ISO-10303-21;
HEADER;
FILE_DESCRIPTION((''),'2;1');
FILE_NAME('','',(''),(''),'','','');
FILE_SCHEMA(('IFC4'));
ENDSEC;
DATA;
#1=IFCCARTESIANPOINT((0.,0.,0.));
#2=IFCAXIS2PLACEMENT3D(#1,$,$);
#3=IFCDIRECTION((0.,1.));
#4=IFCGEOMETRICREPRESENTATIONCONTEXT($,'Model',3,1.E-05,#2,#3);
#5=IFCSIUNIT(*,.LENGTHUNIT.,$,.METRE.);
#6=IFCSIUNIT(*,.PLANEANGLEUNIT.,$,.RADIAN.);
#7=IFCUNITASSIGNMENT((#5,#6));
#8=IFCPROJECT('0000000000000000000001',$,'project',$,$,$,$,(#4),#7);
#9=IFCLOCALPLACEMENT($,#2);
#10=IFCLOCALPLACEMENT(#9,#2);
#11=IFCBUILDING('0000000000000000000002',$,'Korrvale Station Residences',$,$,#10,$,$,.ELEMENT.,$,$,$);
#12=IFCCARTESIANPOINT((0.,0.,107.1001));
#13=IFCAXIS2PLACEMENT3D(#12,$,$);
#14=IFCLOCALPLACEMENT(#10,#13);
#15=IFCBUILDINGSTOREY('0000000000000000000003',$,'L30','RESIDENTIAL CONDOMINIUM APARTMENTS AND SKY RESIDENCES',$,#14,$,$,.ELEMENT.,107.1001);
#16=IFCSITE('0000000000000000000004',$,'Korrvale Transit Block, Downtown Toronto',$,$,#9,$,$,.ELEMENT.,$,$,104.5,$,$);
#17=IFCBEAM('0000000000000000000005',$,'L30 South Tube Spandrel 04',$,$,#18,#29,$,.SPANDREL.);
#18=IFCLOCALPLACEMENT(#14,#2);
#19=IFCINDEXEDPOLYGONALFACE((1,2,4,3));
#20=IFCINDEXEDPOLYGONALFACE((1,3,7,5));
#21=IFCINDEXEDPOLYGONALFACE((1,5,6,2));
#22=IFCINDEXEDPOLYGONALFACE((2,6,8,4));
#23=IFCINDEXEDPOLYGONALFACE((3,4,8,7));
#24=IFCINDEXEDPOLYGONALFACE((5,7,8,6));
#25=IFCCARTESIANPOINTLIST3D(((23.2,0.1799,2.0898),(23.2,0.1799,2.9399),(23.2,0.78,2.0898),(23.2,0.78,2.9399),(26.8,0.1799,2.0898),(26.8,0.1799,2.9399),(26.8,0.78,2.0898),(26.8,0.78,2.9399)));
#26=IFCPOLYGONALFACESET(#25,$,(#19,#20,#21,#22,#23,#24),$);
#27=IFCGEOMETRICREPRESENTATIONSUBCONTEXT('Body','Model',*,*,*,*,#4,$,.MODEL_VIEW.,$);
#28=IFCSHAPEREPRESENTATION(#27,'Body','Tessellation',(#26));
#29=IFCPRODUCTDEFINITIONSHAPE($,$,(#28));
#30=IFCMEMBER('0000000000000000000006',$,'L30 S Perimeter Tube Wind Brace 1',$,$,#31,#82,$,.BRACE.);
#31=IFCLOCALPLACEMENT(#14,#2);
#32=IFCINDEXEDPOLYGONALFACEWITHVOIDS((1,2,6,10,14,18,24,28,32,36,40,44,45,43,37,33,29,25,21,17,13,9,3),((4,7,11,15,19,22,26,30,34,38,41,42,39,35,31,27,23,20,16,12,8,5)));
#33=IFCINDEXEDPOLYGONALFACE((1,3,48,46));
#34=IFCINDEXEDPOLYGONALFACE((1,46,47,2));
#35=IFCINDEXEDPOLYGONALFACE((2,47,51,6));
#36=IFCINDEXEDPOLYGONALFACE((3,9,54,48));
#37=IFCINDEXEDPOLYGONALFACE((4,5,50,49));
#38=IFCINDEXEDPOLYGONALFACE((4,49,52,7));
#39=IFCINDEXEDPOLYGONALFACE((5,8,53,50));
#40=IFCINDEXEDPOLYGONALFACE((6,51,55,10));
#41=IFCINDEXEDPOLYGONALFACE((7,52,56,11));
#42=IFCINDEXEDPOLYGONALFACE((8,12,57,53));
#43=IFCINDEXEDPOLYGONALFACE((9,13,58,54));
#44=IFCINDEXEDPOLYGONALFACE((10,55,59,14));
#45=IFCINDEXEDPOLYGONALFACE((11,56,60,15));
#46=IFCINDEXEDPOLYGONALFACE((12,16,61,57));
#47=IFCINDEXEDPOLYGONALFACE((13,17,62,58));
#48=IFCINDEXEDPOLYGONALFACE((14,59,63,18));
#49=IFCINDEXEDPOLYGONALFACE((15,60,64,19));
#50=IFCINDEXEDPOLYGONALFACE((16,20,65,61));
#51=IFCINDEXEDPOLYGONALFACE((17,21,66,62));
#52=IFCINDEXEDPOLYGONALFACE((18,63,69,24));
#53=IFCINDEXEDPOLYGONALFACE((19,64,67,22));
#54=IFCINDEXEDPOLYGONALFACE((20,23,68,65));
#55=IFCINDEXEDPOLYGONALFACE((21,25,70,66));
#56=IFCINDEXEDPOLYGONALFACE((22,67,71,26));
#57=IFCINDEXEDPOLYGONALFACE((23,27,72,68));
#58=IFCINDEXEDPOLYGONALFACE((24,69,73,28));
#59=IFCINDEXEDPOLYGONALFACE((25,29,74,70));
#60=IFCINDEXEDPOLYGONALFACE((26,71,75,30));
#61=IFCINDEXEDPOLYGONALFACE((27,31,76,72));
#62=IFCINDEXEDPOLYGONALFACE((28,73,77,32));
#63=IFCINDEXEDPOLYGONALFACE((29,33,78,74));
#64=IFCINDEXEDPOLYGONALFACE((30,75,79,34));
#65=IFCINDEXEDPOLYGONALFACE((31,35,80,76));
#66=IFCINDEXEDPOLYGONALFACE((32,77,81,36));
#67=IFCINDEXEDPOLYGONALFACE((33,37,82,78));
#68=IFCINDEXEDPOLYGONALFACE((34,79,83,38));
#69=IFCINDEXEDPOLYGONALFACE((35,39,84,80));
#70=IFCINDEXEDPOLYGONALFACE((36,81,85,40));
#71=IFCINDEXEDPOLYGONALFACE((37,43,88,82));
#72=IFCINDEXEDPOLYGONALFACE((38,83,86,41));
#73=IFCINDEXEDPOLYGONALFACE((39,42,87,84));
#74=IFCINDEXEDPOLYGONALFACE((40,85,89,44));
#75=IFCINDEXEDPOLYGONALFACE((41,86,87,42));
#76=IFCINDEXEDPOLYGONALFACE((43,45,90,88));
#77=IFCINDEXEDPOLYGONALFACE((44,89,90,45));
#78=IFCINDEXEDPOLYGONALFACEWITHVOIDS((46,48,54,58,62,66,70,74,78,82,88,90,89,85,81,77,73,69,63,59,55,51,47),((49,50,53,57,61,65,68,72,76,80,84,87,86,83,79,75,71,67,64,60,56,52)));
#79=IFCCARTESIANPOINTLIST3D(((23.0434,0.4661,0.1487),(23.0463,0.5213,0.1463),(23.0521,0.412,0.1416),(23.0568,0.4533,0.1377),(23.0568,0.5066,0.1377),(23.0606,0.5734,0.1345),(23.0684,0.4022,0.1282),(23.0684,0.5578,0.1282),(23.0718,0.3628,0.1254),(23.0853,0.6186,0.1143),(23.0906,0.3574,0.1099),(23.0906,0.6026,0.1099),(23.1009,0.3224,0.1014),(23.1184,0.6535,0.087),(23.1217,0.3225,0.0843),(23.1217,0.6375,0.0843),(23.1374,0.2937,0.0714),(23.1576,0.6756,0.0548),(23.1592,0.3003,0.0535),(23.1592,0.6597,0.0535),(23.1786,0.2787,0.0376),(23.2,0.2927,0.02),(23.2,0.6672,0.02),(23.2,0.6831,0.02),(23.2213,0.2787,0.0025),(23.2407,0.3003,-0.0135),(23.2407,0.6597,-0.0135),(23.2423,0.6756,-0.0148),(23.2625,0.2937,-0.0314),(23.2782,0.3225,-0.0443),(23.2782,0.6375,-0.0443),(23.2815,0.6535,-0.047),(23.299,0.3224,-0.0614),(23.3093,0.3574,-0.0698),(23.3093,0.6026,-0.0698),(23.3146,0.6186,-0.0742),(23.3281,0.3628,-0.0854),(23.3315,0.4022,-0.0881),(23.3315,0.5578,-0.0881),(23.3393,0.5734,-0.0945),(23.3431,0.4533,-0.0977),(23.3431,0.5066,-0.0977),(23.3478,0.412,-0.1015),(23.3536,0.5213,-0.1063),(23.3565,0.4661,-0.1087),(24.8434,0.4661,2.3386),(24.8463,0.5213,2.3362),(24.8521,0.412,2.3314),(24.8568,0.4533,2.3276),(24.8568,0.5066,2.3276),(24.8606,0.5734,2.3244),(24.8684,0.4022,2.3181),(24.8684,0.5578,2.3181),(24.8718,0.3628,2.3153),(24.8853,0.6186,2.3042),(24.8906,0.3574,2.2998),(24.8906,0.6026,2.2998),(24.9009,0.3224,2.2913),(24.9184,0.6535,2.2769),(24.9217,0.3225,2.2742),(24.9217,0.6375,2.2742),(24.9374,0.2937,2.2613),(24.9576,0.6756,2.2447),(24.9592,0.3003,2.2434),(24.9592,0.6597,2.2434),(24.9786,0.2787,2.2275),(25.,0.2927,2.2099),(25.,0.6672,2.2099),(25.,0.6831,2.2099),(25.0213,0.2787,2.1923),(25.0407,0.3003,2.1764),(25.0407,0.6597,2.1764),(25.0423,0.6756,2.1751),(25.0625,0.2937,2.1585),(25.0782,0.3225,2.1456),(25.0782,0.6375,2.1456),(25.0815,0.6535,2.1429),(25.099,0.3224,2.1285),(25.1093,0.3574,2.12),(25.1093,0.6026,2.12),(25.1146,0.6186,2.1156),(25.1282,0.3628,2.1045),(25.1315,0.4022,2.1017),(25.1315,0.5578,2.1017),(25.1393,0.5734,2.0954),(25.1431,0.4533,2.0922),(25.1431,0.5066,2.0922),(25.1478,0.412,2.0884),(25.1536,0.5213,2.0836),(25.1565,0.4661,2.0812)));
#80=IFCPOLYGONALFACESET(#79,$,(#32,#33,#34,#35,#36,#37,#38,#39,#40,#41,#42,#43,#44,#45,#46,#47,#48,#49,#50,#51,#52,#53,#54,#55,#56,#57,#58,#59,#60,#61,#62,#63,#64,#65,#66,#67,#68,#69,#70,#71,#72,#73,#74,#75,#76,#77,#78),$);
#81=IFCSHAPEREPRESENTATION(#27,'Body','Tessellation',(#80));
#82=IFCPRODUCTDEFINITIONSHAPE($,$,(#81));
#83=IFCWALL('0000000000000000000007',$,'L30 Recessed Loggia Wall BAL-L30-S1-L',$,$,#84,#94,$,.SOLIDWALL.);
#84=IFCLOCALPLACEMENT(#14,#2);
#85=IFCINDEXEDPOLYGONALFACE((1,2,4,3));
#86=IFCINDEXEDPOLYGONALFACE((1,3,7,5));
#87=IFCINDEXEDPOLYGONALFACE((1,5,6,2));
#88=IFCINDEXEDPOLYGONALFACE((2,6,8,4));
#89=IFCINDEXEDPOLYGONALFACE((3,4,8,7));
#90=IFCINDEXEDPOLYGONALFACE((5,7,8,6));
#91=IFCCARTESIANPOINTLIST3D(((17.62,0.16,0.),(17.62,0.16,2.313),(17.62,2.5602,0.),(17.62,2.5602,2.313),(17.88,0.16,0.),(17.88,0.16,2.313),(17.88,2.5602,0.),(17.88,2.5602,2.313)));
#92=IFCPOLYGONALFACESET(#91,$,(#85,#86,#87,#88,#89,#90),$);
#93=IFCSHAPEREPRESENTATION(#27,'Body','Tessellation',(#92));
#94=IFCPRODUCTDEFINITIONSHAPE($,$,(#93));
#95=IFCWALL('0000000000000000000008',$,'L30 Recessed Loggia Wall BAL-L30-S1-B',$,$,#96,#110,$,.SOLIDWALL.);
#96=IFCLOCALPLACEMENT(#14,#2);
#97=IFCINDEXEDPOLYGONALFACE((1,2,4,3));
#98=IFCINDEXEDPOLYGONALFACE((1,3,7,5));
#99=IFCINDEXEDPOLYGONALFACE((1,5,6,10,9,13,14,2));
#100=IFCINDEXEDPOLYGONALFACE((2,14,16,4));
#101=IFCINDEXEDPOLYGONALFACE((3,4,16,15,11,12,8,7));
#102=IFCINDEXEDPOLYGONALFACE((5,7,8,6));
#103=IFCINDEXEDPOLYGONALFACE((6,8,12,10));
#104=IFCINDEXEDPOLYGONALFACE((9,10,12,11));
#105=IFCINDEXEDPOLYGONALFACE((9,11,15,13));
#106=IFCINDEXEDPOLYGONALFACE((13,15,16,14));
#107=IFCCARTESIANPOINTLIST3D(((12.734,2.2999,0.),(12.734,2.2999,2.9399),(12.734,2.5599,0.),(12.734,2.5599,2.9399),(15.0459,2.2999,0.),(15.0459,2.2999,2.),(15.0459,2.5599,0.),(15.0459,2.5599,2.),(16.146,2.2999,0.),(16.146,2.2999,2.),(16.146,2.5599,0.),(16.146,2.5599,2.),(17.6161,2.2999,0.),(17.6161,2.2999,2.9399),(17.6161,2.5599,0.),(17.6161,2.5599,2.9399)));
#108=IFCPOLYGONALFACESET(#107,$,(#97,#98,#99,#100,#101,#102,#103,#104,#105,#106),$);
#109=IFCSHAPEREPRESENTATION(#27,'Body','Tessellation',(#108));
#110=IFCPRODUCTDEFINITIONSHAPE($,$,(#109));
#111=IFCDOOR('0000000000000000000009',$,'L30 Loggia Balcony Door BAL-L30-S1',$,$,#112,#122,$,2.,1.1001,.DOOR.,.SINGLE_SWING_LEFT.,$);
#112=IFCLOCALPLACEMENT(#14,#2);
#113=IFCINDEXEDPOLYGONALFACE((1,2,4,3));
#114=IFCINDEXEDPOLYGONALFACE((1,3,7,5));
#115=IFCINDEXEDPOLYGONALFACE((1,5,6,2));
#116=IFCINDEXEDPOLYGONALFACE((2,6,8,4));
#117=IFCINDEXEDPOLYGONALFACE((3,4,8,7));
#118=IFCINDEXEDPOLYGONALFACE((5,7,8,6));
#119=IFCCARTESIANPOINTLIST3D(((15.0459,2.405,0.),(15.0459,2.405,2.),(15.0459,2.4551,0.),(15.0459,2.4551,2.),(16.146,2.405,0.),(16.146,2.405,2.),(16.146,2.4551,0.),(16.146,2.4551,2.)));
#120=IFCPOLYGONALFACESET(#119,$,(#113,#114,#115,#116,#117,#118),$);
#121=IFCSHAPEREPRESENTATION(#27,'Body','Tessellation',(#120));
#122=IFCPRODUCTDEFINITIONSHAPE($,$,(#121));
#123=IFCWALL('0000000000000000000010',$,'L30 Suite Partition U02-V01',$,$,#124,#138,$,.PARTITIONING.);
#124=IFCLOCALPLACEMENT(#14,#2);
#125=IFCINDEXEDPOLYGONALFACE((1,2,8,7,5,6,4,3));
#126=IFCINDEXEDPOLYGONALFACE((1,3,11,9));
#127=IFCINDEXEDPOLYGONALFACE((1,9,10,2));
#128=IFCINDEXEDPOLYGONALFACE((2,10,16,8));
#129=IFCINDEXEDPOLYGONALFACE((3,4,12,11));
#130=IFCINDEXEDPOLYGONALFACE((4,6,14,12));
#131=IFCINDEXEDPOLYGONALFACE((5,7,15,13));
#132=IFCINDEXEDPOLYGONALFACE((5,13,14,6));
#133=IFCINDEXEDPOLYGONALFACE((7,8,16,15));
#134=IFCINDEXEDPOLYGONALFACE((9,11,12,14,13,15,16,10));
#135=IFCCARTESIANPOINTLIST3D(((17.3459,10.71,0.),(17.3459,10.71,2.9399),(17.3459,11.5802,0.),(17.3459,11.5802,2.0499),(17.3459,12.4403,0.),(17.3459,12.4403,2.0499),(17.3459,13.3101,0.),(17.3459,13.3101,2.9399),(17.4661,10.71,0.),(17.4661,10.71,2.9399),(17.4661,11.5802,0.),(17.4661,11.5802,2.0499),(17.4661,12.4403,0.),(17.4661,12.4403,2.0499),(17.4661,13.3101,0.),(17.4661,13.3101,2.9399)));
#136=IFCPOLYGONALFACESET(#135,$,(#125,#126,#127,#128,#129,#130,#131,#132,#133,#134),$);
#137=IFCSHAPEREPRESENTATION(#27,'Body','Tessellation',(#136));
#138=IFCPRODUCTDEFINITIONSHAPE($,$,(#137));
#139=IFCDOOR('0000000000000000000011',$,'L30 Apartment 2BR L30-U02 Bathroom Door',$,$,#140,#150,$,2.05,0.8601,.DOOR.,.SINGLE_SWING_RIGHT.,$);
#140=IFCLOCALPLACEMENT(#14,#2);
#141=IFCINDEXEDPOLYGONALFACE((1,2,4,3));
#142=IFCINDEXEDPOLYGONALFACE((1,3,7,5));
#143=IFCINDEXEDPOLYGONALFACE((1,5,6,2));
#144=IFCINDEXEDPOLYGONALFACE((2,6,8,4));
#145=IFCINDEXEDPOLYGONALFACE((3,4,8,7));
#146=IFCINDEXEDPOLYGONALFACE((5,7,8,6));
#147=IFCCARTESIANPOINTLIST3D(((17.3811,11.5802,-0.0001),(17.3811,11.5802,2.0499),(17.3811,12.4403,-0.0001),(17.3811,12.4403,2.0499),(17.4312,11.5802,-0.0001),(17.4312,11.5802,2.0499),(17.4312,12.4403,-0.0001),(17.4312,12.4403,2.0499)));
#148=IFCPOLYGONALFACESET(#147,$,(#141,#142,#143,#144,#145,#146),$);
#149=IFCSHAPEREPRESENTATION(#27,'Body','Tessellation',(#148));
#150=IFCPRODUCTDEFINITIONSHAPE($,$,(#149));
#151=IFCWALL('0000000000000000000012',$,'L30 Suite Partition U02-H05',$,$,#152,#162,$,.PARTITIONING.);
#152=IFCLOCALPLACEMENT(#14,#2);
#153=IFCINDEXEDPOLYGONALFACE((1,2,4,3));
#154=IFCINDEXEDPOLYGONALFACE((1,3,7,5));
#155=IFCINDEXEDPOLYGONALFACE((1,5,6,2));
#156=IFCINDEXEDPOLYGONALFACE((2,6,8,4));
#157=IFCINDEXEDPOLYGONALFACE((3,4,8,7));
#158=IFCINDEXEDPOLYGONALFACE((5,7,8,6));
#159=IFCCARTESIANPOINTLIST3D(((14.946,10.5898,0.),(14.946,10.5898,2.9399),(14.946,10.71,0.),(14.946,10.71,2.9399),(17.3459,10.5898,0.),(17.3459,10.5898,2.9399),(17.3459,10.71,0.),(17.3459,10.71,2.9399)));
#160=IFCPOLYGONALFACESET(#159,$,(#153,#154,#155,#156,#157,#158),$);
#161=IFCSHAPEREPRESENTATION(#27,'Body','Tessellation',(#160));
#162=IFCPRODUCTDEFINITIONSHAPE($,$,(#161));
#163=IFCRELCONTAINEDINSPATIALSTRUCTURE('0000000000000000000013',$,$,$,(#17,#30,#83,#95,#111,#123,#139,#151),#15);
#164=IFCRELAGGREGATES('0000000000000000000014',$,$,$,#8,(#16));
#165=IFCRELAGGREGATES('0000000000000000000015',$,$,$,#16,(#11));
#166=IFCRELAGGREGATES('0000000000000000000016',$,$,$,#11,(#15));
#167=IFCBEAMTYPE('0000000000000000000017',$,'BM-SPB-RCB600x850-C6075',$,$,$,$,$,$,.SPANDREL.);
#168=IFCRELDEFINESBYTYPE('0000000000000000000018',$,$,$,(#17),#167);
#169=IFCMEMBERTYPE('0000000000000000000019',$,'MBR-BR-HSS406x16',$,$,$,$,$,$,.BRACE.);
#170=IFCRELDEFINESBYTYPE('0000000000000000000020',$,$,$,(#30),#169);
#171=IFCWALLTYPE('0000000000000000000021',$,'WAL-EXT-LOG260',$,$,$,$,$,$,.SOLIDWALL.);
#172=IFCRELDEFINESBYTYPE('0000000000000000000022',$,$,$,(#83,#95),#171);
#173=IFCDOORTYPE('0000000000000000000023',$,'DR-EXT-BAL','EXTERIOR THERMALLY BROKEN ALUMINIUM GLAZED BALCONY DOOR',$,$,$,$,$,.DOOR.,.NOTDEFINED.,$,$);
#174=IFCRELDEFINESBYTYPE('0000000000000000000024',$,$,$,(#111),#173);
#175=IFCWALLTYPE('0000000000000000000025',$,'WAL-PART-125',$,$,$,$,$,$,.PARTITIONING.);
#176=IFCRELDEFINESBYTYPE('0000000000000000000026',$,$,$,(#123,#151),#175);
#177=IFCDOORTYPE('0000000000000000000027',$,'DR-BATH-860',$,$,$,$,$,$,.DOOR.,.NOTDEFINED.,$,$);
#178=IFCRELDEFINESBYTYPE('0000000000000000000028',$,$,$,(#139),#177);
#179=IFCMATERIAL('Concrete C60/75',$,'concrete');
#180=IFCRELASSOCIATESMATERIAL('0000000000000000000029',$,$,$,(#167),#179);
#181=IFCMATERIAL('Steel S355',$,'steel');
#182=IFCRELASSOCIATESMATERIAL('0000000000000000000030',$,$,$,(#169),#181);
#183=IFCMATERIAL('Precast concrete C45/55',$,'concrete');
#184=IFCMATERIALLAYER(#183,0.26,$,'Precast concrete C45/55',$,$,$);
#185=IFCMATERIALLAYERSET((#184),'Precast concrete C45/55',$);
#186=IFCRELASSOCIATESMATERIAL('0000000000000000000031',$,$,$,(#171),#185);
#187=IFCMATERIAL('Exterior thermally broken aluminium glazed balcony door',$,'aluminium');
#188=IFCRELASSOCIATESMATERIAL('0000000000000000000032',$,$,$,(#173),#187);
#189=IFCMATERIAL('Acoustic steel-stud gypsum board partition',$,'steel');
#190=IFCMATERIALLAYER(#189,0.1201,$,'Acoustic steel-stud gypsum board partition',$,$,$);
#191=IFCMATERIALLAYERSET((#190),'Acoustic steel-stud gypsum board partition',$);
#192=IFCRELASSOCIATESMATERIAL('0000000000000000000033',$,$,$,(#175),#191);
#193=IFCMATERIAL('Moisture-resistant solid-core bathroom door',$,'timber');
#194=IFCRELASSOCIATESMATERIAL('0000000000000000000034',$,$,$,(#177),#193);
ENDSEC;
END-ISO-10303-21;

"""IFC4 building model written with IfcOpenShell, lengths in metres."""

from ifc_helpers import new_model, si_unit, direction, frame, frame_2d, origin, origin_2d, place, context, subcontext, project, spatial, rectangle, hollow_circle, extrude, material, layer, layer_set, material_profile, profile_set, type_object, element, fill, save


model = new_model("IFC4")

# Units and contexts
model_context = context("Model", 3, precision=1e-05, world=origin(), true_north=direction((0.0, 1.0)))
body_context = subcontext(model_context, "Body", "Model", "MODEL_VIEW")
ifc_project = project(units=[si_unit("LENGTHUNIT", "METRE"), si_unit("PLANEANGLEUNIT", "RADIAN")], contexts=[model_context])

# Site, building, storey
site_placement = place(None, origin())
site = spatial("IfcSite", under=ifc_project, at=site_placement, Name="Korrvale Transit Block, Downtown Toronto", CompositionType="ELEMENT", RefElevation=104.5)
building_placement = place(site_placement, origin())
building = spatial("IfcBuilding", under=site, at=building_placement, Name="Korrvale Station Residences", CompositionType="ELEMENT")
storey_placement = place(building_placement, frame((0.0, 0.0, 107.1001)))
storey = spatial("IfcBuildingStorey", under=building, at=storey_placement, Name="L30", Description="RESIDENTIAL CONDOMINIUM APARTMENTS AND SKY RESIDENCES", CompositionType="ELEMENT", Elevation=107.1001)

# Shared definitions
ifc_material_1 = material(Name="Concrete C60/75", Category="concrete")

# Beam
ifc_material_2 = material(Name="Steel S355", Category="steel")
ifc_material_profile_1 = material_profile(ifc_material_1, rectangle(XDim=0.6001, YDim=0.8501, at=origin_2d()), Name="RCB600x850")
ifc_profile_set_1 = profile_set([ifc_material_profile_1], Name="Concrete C60/75")
beam_type_1 = type_object("IfcBeamType", Name="BM-SPB-RCB600x850-C6075", PredefinedType="SPANDREL", material=ifc_profile_set_1)
beam_1_placement = place(storey_placement, frame((23.2, 0.48, 2.5149), z_axis=(1.0, 0.0, 0.0), x_axis=(0.0, 1.0, 0.0)))
element("IfcBeam", 1, at=beam_1_placement, inside=storey, type_object=beam_type_1, Name="L30 South Tube Spandrel 04", PredefinedType="SPANDREL", context=body_context, shape_type="SweptSolid", body=[
    extrude(rectangle(XDim=0.6001, YDim=0.8501, at=origin_2d()), origin(), (0.0, 0.0, 1.0), 3.6001),
])

# Member
ifc_material_profile_2 = material_profile(ifc_material_2, hollow_circle(Radius=0.2031, WallThickness=0.0159, at=origin_2d()), Name="HSS406x16")
ifc_profile_set_2 = profile_set([ifc_material_profile_2], Name="Steel S355")
member_type = type_object("IfcMemberType", Name="MBR-BR-HSS406x16", PredefinedType="BRACE", material=ifc_profile_set_2)
member_placement = place(storey_placement, frame((23.2, 0.48, 0.02), z_axis=(0.634985, 0.0, 0.772524), x_axis=(0.0, 1.0, 0.0)))
element("IfcMember", 2, at=member_placement, inside=storey, type_object=member_type, Name="L30 S Perimeter Tube Wind Brace 1", PredefinedType="BRACE", context=body_context, shape_type="SweptSolid", body=[
    extrude(hollow_circle(Radius=0.2031, WallThickness=0.0159, at=origin_2d()), origin(), (0.0, 0.0, 1.0), 2.8347),
])

# Wall
ifc_material_3 = material(Name="Precast concrete C45/55", Category="concrete")
ifc_layer_1 = layer(ifc_material_3, 0.26, Name="Precast concrete C45/55")
ifc_layer_set_1 = layer_set([ifc_layer_1], Name="Precast concrete C45/55")
wall_type_1 = type_object("IfcWallType", Name="WAL-EXT-LOG260", PredefinedType="SOLIDWALL", material=ifc_layer_set_1)
wall_1_placement = place(storey_placement, frame((17.75, 0.1599, 0.0), z_axis=(0.0, 0.0, 1.0), x_axis=(0.0, 1.0, 0.0)))
element("IfcWall", 3, at=wall_1_placement, inside=storey, type_object=wall_type_1, Name="L30 Recessed Loggia Wall BAL-L30-S1-L", PredefinedType="SOLIDWALL", context=body_context, shape_type="SweptSolid", body=[
    extrude(rectangle(XDim=2.4001, YDim=0.26, at=frame_2d((1.2002, 0.0))), origin(), (0.0, 0.0, 1.0), 2.313),
])

# Walls, openings, doors
wall_2_placement = place(storey_placement, frame((17.616, 2.4299, 0.0), z_axis=(0.0, 0.0, 1.0), x_axis=(-1.0, 0.0, 0.0)))
wall_2 = element("IfcWall", 4, at=wall_2_placement, inside=storey, type_object=wall_type_1, Name="L30 Recessed Loggia Wall BAL-L30-S1-B", PredefinedType="SOLIDWALL", context=body_context, shape_type="SweptSolid", body=[
    extrude(rectangle(XDim=4.8821, YDim=0.26, at=frame_2d((2.4409, 0.0))), origin(), (0.0, 0.0, 1.0), 2.9399),
])
opening_1_placement = place(wall_2_placement, frame((1.47, 0.0, 0.0)))
opening_1 = element("IfcOpeningElement", 5, at=opening_1_placement, cuts=wall_2, PredefinedType="OPENING", context=body_context, shape_type="SweptSolid", body=[
    extrude(rectangle(XDim=1.1001, YDim=2.0, at=frame_2d((0.55, 1.0))), frame((0.0, 0.1401, 0.0), z_axis=(0.0, -1.0, 0.0), x_axis=(1.0, 0.0, 0.0)), (0.0, 0.0, 1.0), 0.28),
])
ifc_material_4 = material(Name="Exterior thermally broken aluminium glazed balcony door", Category="aluminium")
door_type_1 = type_object("IfcDoorType", Name="DR-EXT-BAL", Description="EXTERIOR THERMALLY BROKEN ALUMINIUM GLAZED BALCONY DOOR", OperationType="NOTDEFINED", PredefinedType="DOOR", material=ifc_material_4)
door_1_placement = place(opening_1_placement, origin())
door_1 = element("IfcDoor", 6, at=door_1_placement, inside=storey, type_object=door_type_1, Name="L30 Loggia Balcony Door BAL-L30-S1", OperationType="SINGLE_SWING_LEFT", OverallHeight=2.0, OverallWidth=1.1001, PredefinedType="DOOR", context=body_context, shape_type="SweptSolid", body=[
    extrude(rectangle(XDim=1.1001, YDim=2.0, at=frame_2d((0.55, 1.0))), frame((0.0, 0.0249, 0.0), z_axis=(0.0, -1.0, 0.0), x_axis=(1.0, 0.0, 0.0)), (0.0, 0.0, 1.0), 0.05),
])
fill(opening_1, door_1)
ifc_material_5 = material(Name="Acoustic steel-stud gypsum board partition", Category="steel")
ifc_layer_2 = layer(ifc_material_5, 0.1201, Name="Acoustic steel-stud gypsum board partition")
ifc_layer_set_2 = layer_set([ifc_layer_2], Name="Acoustic steel-stud gypsum board partition")
wall_type_2 = type_object("IfcWallType", Name="WAL-PART-125", PredefinedType="PARTITIONING", material=ifc_layer_set_2)
wall_3_placement = place(storey_placement, frame((17.406, 10.71, 0.0), z_axis=(0.0, 0.0, 1.0), x_axis=(0.0, 1.0, 0.0)))
wall_3 = element("IfcWall", 7, at=wall_3_placement, inside=storey, type_object=wall_type_2, Name="L30 Suite Partition U02-V01", PredefinedType="PARTITIONING", context=body_context, shape_type="SweptSolid", body=[
    extrude(rectangle(XDim=2.6001, YDim=0.1201, at=frame_2d((1.3, 0.0))), origin(), (0.0, 0.0, 1.0), 2.9399),
])
opening_2_placement = place(wall_3_placement, frame((0.8701, 0.0, 0.0)))
opening_2 = element("IfcOpeningElement", 8, at=opening_2_placement, cuts=wall_3, PredefinedType="OPENING", context=body_context, shape_type="SweptSolid", body=[
    extrude(rectangle(XDim=0.8601, YDim=2.05, at=frame_2d((0.4302, 1.0249))), frame((0.0, 0.0701, 0.0), z_axis=(0.0, -1.0, 0.0), x_axis=(1.0, 0.0, 0.0)), (0.0, 0.0, 1.0), 0.1401),
])
ifc_material_6 = material(Name="Moisture-resistant solid-core bathroom door", Category="timber")
door_type_2 = type_object("IfcDoorType", Name="DR-BATH-860", OperationType="NOTDEFINED", PredefinedType="DOOR", material=ifc_material_6)
door_2_placement = place(opening_2_placement, origin())
door_2 = element("IfcDoor", 9, at=door_2_placement, inside=storey, type_object=door_type_2, Name="L30 Apartment 2BR L30-U02 Bathroom Door", OperationType="SINGLE_SWING_RIGHT", OverallHeight=2.05, OverallWidth=0.8601, PredefinedType="DOOR", context=body_context, shape_type="SweptSolid", body=[
    extrude(rectangle(XDim=0.8601, YDim=2.05, at=frame_2d((0.4302, 1.0249))), frame((0.0, 0.0249, 0.0), z_axis=(0.0, -1.0, 0.0), x_axis=(1.0, 0.0, 0.0)), (0.0, 0.0, 1.0), 0.05),
])
fill(opening_2, door_2)

# Wall
wall_4_placement = place(storey_placement, frame((14.946, 10.6499, 0.0), z_axis=(0.0, 0.0, 1.0), x_axis=(1.0, 0.0, 0.0)))
element("IfcWall", 10, at=wall_4_placement, inside=storey, type_object=wall_type_2, Name="L30 Suite Partition U02-H05", PredefinedType="PARTITIONING", context=body_context, shape_type="SweptSolid", body=[
    extrude(rectangle(XDim=2.3999, YDim=0.1201, at=frame_2d((1.2, 0.0))), origin(), (0.0, 0.0, 1.0), 2.9399),
])

save(model, "model.ifc")
